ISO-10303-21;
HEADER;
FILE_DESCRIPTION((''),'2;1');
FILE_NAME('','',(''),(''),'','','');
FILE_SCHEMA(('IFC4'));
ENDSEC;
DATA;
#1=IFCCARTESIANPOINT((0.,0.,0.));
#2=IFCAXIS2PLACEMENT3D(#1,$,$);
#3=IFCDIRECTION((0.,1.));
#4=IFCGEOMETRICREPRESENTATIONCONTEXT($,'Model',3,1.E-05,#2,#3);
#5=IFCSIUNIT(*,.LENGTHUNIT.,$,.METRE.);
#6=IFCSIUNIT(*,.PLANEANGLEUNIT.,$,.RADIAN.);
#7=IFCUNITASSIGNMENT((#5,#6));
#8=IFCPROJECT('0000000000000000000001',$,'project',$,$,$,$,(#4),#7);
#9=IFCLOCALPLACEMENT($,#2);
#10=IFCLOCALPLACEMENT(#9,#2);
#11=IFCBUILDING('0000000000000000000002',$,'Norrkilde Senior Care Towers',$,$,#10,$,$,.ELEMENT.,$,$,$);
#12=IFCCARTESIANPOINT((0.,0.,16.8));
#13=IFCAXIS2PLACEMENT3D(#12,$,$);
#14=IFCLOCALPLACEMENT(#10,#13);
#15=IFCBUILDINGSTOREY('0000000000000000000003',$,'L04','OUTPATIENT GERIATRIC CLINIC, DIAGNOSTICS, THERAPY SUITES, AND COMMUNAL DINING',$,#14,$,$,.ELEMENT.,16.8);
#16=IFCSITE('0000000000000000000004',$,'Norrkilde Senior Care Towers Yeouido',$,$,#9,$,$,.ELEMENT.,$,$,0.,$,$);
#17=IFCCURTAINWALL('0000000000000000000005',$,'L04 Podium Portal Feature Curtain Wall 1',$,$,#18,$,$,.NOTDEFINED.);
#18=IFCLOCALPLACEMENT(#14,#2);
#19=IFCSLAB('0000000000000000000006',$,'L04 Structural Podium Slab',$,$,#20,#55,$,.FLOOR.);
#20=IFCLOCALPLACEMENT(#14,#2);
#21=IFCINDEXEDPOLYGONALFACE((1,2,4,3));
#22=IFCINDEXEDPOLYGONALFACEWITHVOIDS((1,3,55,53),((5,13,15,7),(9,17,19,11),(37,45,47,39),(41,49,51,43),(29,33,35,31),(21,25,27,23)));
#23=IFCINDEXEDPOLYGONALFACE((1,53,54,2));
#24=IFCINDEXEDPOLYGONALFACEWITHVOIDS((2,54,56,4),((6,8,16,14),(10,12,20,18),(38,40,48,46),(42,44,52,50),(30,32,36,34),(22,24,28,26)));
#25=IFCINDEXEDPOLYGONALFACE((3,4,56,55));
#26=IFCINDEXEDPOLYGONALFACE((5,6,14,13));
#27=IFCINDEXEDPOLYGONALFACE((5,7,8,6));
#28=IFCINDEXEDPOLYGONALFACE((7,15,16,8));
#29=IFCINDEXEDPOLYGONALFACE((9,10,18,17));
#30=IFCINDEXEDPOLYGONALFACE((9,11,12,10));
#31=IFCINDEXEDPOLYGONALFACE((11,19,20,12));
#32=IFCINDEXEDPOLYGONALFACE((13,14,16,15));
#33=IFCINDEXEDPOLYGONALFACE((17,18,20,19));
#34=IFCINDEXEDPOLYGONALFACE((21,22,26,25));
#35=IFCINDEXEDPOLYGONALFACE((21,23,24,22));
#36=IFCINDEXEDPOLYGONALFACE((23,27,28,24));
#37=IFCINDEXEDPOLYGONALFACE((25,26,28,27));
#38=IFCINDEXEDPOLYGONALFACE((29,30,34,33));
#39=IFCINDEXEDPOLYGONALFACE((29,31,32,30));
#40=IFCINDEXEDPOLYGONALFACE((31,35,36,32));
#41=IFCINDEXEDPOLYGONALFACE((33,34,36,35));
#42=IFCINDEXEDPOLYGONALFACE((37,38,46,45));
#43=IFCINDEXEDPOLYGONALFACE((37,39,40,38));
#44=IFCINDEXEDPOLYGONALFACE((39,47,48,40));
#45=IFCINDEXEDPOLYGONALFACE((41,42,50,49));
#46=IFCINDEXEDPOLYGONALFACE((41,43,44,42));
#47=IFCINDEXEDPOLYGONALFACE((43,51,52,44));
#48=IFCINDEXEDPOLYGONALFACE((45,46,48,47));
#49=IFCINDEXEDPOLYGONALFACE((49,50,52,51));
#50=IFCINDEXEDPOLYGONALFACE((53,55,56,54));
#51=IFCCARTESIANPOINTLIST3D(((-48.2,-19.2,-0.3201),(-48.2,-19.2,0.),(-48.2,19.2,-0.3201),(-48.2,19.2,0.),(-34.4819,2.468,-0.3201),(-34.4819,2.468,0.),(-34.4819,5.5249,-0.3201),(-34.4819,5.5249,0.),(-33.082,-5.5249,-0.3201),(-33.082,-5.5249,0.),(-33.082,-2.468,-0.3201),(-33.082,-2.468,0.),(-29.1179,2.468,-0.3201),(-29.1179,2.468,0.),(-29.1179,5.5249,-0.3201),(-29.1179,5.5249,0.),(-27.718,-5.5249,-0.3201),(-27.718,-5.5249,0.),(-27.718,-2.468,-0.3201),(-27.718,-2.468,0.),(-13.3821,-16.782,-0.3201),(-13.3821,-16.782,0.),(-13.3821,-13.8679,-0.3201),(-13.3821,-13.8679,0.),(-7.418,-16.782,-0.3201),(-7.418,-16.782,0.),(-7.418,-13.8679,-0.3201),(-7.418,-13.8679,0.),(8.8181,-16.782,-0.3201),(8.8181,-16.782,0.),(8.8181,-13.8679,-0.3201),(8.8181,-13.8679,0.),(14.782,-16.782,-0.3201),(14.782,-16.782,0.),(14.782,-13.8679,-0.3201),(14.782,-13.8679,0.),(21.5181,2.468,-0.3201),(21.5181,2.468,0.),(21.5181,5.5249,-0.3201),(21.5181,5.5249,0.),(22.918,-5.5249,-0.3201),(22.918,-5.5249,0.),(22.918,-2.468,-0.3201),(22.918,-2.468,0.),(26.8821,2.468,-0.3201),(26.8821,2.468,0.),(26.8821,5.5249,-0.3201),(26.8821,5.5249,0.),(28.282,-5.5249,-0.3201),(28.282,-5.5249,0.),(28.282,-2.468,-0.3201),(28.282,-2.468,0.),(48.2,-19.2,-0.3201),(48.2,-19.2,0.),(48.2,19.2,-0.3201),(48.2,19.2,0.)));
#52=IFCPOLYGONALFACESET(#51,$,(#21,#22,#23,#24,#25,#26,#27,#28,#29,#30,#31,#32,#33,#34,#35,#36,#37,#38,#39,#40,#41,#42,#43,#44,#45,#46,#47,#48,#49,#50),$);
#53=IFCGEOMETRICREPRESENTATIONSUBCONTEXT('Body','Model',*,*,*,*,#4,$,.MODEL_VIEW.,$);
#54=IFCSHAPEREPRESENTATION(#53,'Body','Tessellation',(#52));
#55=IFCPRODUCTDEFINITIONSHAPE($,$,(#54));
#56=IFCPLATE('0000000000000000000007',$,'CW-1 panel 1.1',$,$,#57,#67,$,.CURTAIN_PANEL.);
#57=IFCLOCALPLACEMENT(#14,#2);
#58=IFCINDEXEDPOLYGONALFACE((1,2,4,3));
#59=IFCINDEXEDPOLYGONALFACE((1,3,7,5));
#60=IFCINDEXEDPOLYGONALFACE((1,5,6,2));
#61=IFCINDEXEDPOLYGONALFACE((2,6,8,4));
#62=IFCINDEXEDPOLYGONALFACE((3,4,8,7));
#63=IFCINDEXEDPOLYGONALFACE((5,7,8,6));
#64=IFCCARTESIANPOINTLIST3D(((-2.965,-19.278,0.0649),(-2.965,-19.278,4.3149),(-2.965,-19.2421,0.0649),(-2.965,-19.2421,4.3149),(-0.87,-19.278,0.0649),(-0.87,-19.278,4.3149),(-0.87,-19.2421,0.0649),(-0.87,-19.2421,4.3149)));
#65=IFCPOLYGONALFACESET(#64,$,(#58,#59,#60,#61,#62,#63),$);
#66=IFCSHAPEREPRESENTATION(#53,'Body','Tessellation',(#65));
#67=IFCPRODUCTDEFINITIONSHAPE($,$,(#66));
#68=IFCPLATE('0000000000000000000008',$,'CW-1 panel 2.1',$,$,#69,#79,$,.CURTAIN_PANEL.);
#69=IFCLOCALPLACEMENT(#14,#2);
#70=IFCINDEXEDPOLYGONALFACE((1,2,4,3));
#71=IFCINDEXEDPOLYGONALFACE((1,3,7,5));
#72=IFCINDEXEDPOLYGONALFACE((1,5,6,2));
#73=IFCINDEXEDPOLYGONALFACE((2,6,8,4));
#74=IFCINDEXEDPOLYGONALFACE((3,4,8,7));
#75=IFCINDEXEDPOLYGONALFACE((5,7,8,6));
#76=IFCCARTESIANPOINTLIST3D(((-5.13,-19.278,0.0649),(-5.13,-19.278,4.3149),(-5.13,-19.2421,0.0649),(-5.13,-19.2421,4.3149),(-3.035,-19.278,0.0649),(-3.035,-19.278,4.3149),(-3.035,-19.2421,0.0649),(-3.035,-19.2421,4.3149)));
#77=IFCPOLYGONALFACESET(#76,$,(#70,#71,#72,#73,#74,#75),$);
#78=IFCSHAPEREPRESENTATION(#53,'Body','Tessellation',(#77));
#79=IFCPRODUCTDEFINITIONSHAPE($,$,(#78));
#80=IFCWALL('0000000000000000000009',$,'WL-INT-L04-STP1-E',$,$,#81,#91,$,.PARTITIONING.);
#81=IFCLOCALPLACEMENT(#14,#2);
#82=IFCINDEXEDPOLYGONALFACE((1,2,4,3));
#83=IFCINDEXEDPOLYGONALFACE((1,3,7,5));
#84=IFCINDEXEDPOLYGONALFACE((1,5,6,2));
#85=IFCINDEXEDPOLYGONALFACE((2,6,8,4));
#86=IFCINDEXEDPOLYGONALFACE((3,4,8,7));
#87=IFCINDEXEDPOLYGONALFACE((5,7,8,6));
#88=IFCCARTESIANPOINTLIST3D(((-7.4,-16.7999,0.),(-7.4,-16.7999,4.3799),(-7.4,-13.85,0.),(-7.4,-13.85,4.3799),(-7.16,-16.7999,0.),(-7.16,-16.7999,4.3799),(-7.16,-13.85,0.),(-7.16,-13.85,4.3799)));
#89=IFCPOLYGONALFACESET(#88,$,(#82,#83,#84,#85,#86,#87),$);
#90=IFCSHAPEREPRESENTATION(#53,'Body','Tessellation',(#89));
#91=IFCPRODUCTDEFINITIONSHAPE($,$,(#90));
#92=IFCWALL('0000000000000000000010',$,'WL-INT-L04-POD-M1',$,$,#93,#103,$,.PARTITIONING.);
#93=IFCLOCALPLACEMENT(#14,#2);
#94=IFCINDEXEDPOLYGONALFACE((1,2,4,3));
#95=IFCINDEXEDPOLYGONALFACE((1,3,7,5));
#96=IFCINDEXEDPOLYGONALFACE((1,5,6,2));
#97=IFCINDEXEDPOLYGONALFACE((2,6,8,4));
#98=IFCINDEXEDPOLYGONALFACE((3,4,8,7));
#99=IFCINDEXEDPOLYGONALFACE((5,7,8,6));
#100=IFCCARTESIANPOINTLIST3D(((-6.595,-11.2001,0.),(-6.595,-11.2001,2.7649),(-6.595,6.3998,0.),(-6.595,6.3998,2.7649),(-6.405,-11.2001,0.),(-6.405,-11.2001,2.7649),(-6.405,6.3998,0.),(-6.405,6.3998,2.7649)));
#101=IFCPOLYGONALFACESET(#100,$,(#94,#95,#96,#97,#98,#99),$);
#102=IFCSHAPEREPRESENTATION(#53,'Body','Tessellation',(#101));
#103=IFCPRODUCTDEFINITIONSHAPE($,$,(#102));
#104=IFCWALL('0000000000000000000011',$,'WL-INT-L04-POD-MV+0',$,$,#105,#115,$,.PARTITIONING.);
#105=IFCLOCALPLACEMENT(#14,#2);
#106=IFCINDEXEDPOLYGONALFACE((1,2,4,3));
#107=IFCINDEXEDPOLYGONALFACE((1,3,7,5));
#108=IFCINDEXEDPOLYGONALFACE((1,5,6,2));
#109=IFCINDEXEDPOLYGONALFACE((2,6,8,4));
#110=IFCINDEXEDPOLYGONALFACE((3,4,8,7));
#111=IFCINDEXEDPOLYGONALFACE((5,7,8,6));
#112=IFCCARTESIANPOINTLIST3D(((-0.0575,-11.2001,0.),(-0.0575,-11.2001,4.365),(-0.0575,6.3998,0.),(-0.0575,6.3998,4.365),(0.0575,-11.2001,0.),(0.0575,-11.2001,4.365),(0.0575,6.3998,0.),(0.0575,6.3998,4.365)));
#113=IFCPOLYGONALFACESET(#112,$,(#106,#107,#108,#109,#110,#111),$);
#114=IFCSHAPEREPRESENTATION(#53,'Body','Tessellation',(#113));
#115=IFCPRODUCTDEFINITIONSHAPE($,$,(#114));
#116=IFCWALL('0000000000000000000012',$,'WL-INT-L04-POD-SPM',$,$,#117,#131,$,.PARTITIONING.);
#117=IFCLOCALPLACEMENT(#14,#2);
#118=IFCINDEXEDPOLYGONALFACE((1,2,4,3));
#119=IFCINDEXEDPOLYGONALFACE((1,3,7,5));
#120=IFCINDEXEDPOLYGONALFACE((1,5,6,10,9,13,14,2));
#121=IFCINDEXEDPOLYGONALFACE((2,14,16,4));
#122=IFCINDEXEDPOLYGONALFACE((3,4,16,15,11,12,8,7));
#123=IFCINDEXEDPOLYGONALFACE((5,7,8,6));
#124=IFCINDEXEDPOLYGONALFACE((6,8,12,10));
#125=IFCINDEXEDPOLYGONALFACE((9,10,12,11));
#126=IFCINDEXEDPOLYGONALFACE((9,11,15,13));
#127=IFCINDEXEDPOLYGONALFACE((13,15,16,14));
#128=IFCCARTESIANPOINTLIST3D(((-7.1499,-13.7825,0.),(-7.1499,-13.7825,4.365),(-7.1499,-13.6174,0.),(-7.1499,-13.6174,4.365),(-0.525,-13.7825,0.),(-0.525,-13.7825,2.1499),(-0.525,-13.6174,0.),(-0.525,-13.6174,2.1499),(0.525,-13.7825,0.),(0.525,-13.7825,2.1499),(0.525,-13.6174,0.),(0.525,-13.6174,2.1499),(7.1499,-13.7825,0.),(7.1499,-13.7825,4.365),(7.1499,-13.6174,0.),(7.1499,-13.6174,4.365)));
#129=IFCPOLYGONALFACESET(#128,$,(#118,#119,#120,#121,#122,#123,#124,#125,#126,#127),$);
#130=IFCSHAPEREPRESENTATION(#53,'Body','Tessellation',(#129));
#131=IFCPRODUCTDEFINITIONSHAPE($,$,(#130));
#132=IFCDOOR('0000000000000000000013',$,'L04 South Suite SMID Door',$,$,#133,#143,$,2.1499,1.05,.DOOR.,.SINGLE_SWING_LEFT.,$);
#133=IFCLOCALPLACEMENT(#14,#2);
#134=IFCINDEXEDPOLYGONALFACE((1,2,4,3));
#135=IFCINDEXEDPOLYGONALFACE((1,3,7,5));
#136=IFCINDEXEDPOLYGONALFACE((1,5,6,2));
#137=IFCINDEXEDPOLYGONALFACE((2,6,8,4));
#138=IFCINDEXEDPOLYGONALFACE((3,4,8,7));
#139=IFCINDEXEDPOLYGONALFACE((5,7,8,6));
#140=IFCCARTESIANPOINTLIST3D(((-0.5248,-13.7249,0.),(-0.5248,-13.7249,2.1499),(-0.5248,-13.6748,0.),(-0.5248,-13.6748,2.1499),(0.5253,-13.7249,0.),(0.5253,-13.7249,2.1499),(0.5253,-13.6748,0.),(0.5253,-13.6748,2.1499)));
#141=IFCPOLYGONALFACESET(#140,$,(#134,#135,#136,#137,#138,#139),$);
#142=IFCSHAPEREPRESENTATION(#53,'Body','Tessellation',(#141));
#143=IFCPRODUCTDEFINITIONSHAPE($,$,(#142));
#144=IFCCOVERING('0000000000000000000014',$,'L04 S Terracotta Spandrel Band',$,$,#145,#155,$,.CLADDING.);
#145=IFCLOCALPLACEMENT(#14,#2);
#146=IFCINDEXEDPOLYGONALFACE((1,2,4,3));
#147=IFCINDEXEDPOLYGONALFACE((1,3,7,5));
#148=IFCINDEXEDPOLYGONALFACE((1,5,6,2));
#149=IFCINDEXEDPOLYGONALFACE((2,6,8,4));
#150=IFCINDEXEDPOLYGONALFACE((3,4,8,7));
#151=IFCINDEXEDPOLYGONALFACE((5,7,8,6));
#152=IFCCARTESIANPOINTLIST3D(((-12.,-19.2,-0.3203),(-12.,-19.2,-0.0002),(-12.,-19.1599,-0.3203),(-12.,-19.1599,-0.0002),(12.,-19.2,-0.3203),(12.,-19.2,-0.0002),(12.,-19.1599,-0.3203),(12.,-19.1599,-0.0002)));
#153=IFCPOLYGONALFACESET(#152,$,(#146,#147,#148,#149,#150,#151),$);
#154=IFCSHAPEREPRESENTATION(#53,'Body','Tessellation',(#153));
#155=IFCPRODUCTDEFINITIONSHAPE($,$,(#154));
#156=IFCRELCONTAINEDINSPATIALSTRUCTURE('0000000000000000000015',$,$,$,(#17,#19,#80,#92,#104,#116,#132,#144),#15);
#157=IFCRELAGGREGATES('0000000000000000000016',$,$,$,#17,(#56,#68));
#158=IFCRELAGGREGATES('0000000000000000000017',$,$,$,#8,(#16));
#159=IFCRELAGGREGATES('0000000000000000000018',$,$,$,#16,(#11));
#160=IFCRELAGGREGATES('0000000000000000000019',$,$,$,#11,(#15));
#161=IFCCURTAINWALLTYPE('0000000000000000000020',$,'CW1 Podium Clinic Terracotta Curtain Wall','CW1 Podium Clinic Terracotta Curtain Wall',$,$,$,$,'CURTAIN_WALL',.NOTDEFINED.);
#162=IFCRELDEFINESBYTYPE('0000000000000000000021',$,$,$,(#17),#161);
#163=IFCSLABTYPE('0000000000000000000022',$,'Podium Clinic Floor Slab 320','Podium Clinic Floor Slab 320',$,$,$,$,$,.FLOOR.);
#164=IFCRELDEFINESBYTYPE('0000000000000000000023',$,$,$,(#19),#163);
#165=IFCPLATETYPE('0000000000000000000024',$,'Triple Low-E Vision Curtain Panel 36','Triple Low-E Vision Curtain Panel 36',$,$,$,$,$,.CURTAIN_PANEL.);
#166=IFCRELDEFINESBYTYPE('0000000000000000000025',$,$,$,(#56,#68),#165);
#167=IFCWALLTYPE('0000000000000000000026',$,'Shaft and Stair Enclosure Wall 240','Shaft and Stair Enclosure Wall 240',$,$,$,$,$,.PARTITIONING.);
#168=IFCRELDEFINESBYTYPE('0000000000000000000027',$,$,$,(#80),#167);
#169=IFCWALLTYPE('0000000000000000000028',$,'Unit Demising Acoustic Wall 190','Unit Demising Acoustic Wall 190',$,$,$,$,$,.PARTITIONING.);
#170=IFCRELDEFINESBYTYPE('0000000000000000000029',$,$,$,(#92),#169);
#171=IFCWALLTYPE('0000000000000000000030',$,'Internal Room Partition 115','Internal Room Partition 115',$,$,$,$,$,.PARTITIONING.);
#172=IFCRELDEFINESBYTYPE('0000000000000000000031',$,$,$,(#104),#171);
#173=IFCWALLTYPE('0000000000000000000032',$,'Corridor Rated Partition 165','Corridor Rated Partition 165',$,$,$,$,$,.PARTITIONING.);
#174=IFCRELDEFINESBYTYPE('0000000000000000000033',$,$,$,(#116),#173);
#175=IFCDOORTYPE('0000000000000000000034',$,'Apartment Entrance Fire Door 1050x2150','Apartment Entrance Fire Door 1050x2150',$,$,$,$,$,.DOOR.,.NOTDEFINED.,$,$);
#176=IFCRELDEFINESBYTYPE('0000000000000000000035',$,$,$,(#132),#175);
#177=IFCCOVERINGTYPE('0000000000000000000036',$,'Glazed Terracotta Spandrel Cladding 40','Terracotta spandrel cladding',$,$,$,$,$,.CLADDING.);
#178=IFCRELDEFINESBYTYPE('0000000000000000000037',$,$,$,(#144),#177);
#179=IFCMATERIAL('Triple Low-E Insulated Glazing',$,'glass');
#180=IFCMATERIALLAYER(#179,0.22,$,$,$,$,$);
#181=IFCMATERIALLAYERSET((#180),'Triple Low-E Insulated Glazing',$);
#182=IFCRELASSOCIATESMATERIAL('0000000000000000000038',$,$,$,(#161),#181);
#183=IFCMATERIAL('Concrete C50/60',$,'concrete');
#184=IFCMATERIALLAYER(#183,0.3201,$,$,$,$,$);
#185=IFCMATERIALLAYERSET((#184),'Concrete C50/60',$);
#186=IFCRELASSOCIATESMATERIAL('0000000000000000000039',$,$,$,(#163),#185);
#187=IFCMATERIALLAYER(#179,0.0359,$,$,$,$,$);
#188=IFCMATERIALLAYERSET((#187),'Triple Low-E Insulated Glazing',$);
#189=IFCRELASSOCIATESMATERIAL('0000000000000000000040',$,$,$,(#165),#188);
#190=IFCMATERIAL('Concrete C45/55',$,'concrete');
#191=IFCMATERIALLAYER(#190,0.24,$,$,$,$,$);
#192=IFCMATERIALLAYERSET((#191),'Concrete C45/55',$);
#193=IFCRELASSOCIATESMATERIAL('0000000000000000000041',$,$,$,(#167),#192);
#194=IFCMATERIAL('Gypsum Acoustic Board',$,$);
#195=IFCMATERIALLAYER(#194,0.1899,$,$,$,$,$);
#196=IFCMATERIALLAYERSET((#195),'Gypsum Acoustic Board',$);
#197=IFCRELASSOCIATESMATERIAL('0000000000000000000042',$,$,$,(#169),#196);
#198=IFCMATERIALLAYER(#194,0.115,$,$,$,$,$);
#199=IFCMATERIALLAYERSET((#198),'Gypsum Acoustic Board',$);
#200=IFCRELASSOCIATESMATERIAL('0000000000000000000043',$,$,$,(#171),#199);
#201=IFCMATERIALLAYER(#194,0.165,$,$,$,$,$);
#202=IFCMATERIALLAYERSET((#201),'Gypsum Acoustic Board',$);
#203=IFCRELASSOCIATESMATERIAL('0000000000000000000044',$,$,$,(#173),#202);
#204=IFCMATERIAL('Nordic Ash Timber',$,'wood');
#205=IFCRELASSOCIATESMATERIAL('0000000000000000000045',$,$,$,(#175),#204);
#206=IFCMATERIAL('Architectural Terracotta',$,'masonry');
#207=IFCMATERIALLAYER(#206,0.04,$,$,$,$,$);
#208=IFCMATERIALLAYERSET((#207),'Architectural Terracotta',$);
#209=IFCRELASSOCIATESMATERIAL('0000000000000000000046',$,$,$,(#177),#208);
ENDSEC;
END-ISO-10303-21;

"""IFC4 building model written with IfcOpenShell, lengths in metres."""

from ifc_helpers import new_model, si_unit, direction, frame, frame_2d, origin, origin_2d, place, context, subcontext, project, spatial, polyline, rectangle, outline, extrude, source, transform, mapped, material, layer, layer_set, type_object, type_shapes, element, fill, aggregate, save


model = new_model("IFC4")

# Units and contexts
model_context = context("Model", 3, precision=1e-05, world=origin(), true_north=direction((0.0, 1.0)))
body_context = subcontext(model_context, "Body", "Model", "MODEL_VIEW")
ifc_project = project(units=[si_unit("LENGTHUNIT", "METRE"), si_unit("PLANEANGLEUNIT", "RADIAN")], contexts=[model_context])

# Site, building, storey
site_placement = place(None, origin())
site = spatial("IfcSite", under=ifc_project, at=site_placement, Name="Norrkilde Senior Care Towers Yeouido", CompositionType="ELEMENT", RefElevation=0.0)
building_placement = place(site_placement, origin())
building = spatial("IfcBuilding", under=site, at=building_placement, Name="Norrkilde Senior Care Towers", CompositionType="ELEMENT")
storey_placement = place(building_placement, frame((0.0, 0.0, 16.8)))
storey = spatial("IfcBuildingStorey", under=building, at=storey_placement, Name="L04", Description="OUTPATIENT GERIATRIC CLINIC, DIAGNOSTICS, THERAPY SUITES, AND COMMUNAL DINING", CompositionType="ELEMENT", Elevation=16.8)

# Curtain wall
ifc_material_1 = material(Name="Triple Low-E Insulated Glazing", Category="glass")
ifc_layer_1 = layer(ifc_material_1, 0.22)
ifc_layer_set_1 = layer_set([ifc_layer_1], Name="Triple Low-E Insulated Glazing")
curtain_wall_type = type_object("IfcCurtainWallType", Name="CW1 Podium Clinic Terracotta Curtain Wall", Description="CW1 Podium Clinic Terracotta Curtain Wall", ElementType="CURTAIN_WALL", PredefinedType="NOTDEFINED", material=ifc_layer_set_1)
curtain_wall_placement = place(storey_placement, origin())
curtain_wall = element("IfcCurtainWall", 1, at=curtain_wall_placement, inside=storey, type_object=curtain_wall_type, Name="L04 Podium Portal Feature Curtain Wall 1", PredefinedType="NOTDEFINED")

# Slab
ifc_material_2 = material(Name="Concrete C45/55", Category="concrete")
ifc_material_3 = material(Name="Concrete C50/60", Category="concrete")
ifc_layer_2 = layer(ifc_material_3, 0.3201)
ifc_layer_set_2 = layer_set([ifc_layer_2], Name="Concrete C50/60")
slab_type_1 = type_object("IfcSlabType", Name="Podium Clinic Floor Slab 320", Description="Podium Clinic Floor Slab 320", PredefinedType="FLOOR", material=ifc_layer_set_2)
slab_1_placement = place(storey_placement, frame((0.0, 0.0, -0.3201)))
element("IfcSlab", 2, at=slab_1_placement, inside=storey, type_object=slab_type_1, Name="L04 Structural Podium Slab", PredefinedType="FLOOR", context=body_context, shape_type="SweptSolid", body=[
    extrude(outline(polyline([(-48.2, 19.2), (48.2, 19.2), (48.2, -19.2), (-48.2, -19.2), (-48.2, 19.2)]), holes=[polyline([(-34.4819, 2.468), (-29.1179, 2.468), (-29.1179, 5.5249), (-34.4819, 5.5249), (-34.4819, 2.468)]), polyline([(-27.718, -5.5249), (-27.718, -2.468), (-33.082, -2.468), (-33.082, -5.5249), (-27.718, -5.5249)]), polyline([(26.8821, 5.5249), (21.5181, 5.5249), (21.5181, 2.468), (26.8821, 2.468), (26.8821, 5.5249)]), polyline([(22.918, -2.468), (22.918, -5.5249), (28.282, -5.5249), (28.282, -2.468), (22.918, -2.468)]), polyline([(-7.418, -13.8679), (-13.3821, -13.8679), (-13.3821, -16.782), (-7.418, -16.782), (-7.418, -13.8679)]), polyline([(14.782, -16.782), (14.782, -13.8679), (8.8181, -13.8679), (8.8181, -16.782), (14.782, -16.782)])]), origin(), (0.0, 0.0, 1.0), 0.3201),
])

# Plates
ifc_layer_3 = layer(ifc_material_1, 0.0359)
ifc_layer_set_3 = layer_set([ifc_layer_3], Name="Triple Low-E Insulated Glazing")
plate_type = type_object("IfcPlateType", Name="Triple Low-E Vision Curtain Panel 36", Description="Triple Low-E Vision Curtain Panel 36", PredefinedType="CURTAIN_PANEL", material=ifc_layer_set_3)
shared_shape_1 = source(origin(), body_context, "Body", "SweptSolid", [
    extrude(rectangle(XDim=2.095, YDim=0.0359, at=origin_2d()), origin(), (0.0, 0.0, 1.0), 4.25),
])
type_shapes(plate_type, [shared_shape_1])
plate_1_placement = place(storey_placement, frame((-1.9175, -19.26, 0.0649), z_axis=(0.0, 0.0, 1.0), x_axis=(-1.0, 0.0, 0.0)))
plate_1 = element("IfcPlate", 3, at=plate_1_placement, type_object=plate_type, Name="CW-1 panel 1.1", PredefinedType="CURTAIN_PANEL", context=body_context, shape_type="MappedRepresentation", body=[
    mapped(shared_shape_1, transform((0.0, 0.0, 0.0), x_axis=(1.0, 0.0, 0.0), y_axis=(0.0, 1.0, 0.0), z_axis=(0.0, 0.0, 1.0), scale=1.0)),
])
plate_2_placement = place(storey_placement, frame((-4.0825, -19.26, 0.0649), z_axis=(0.0, 0.0, 1.0), x_axis=(-1.0, 0.0, 0.0)))
plate_2 = element("IfcPlate", 4, at=plate_2_placement, type_object=plate_type, Name="CW-1 panel 2.1", PredefinedType="CURTAIN_PANEL", context=body_context, shape_type="MappedRepresentation", body=[
    mapped(shared_shape_1, transform((0.0, 0.0, 0.0), x_axis=(1.0, 0.0, 0.0), y_axis=(0.0, 1.0, 0.0), z_axis=(0.0, 0.0, 1.0), scale=1.0)),
])
aggregate(curtain_wall, [plate_1, plate_2])

# Walls
ifc_layer_4 = layer(ifc_material_2, 0.24)
ifc_layer_set_4 = layer_set([ifc_layer_4], Name="Concrete C45/55")
wall_type_1 = type_object("IfcWallType", Name="Shaft and Stair Enclosure Wall 240", Description="Shaft and Stair Enclosure Wall 240", PredefinedType="PARTITIONING", material=ifc_layer_set_4)
shared_shape_2 = source(origin(), body_context, "Body", "SweptSolid", [
    extrude(rectangle(XDim=2.95, YDim=0.24, at=frame_2d((1.4751, 0.0))), origin(), (0.0, 0.0, 1.0), 4.3799),
])
type_shapes(wall_type_1, [shared_shape_2])
wall_1_placement = place(storey_placement, frame((-7.28, -16.8, 0.0), z_axis=(0.0, 0.0, 1.0), x_axis=(0.0, 1.0, 0.0)))
element("IfcWall", 5, at=wall_1_placement, inside=storey, type_object=wall_type_1, Name="WL-INT-L04-STP1-E", PredefinedType="PARTITIONING", context=body_context, shape_type="MappedRepresentation", body=[
    mapped(shared_shape_2, transform((0.0, 0.0, 0.0), x_axis=(1.0, 0.0, 0.0), y_axis=(0.0, 1.0, 0.0), z_axis=(0.0, 0.0, 1.0), scale=1.0)),
])
ifc_material_4 = material(Name="Gypsum Acoustic Board")
ifc_layer_5 = layer(ifc_material_4, 0.1899)
ifc_layer_set_5 = layer_set([ifc_layer_5], Name="Gypsum Acoustic Board")
wall_type_2 = type_object("IfcWallType", Name="Unit Demising Acoustic Wall 190", Description="Unit Demising Acoustic Wall 190", PredefinedType="PARTITIONING", material=ifc_layer_set_5)
shared_shape_3 = source(origin(), body_context, "Body", "SweptSolid", [
    extrude(rectangle(XDim=17.5999, YDim=0.1899, at=frame_2d((8.7998, 0.0))), origin(), (0.0, 0.0, 1.0), 2.7649),
])
type_shapes(wall_type_2, [shared_shape_3])
wall_2_placement = place(storey_placement, frame((-6.5, -11.2, 0.0), z_axis=(0.0, 0.0, 1.0), x_axis=(0.0, 1.0, 0.0)))
element("IfcWall", 6, at=wall_2_placement, inside=storey, type_object=wall_type_2, Name="WL-INT-L04-POD-M1", PredefinedType="PARTITIONING", context=body_context, shape_type="MappedRepresentation", body=[
    mapped(shared_shape_3, transform((0.0, 0.0, 0.0), x_axis=(1.0, 0.0, 0.0), y_axis=(0.0, 1.0, 0.0), z_axis=(0.0, 0.0, 1.0), scale=1.0)),
])
ifc_layer_6 = layer(ifc_material_4, 0.115)
ifc_layer_set_6 = layer_set([ifc_layer_6], Name="Gypsum Acoustic Board")
wall_type_3 = type_object("IfcWallType", Name="Internal Room Partition 115", Description="Internal Room Partition 115", PredefinedType="PARTITIONING", material=ifc_layer_set_6)
shared_shape_4 = source(origin(), body_context, "Body", "SweptSolid", [
    extrude(rectangle(XDim=17.5999, YDim=0.115, at=frame_2d((8.7998, 0.0))), origin(), (0.0, 0.0, 1.0), 4.365),
])
type_shapes(wall_type_3, [shared_shape_4])
wall_3_placement = place(storey_placement, frame((0.0, -11.2, 0.0), z_axis=(0.0, 0.0, 1.0), x_axis=(0.0, 1.0, 0.0)))
element("IfcWall", 7, at=wall_3_placement, inside=storey, type_object=wall_type_3, Name="WL-INT-L04-POD-MV+0", PredefinedType="PARTITIONING", context=body_context, shape_type="MappedRepresentation", body=[
    mapped(shared_shape_4, transform((0.0, 0.0, 0.0), x_axis=(1.0, 0.0, 0.0), y_axis=(0.0, 1.0, 0.0), z_axis=(0.0, 0.0, 1.0), scale=1.0)),
])

# Wall, opening, door
ifc_layer_7 = layer(ifc_material_4, 0.165)
ifc_layer_set_7 = layer_set([ifc_layer_7], Name="Gypsum Acoustic Board")
wall_type_4 = type_object("IfcWallType", Name="Corridor Rated Partition 165", Description="Corridor Rated Partition 165", PredefinedType="PARTITIONING", material=ifc_layer_set_7)
shared_shape_5 = source(origin(), body_context, "Body", "SweptSolid", [
    extrude(rectangle(XDim=14.2998, YDim=0.165, at=frame_2d((7.1499, 0.0))), origin(), (0.0, 0.0, 1.0), 4.365),
])
type_shapes(wall_type_4, [shared_shape_5])
wall_4_placement = place(storey_placement, frame((-7.1499, -13.7, 0.0), z_axis=(0.0, 0.0, 1.0), x_axis=(1.0, 0.0, 0.0)))
wall_4 = element("IfcWall", 8, at=wall_4_placement, inside=storey, type_object=wall_type_4, Name="WL-INT-L04-POD-SPM", PredefinedType="PARTITIONING", context=body_context, shape_type="MappedRepresentation", body=[
    mapped(shared_shape_5, transform((0.0, 0.0, 0.0), x_axis=(1.0, 0.0, 0.0), y_axis=(0.0, 1.0, 0.0), z_axis=(0.0, 0.0, 1.0), scale=1.0)),
])
opening_placement = place(wall_4_placement, frame((6.625, 0.0, 0.0)))
opening = element("IfcOpeningElement", 9, at=opening_placement, cuts=wall_4, PredefinedType="OPENING", context=body_context, shape_type="SweptSolid", body=[
    extrude(rectangle(XDim=1.05, YDim=2.1499, at=frame_2d((0.5249, 1.075))), frame((0.0, 0.0925, 0.0), z_axis=(0.0, -1.0, 0.0), x_axis=(1.0, 0.0, 0.0)), (0.0, 0.0, 1.0), 0.1851),
])
ifc_material_5 = material(Name="Nordic Ash Timber", Category="wood")
door_type = type_object("IfcDoorType", Name="Apartment Entrance Fire Door 1050x2150", Description="Apartment Entrance Fire Door 1050x2150", OperationType="NOTDEFINED", PredefinedType="DOOR", material=ifc_material_5)
shared_shape_6 = source(origin(), body_context, "Body", "SweptSolid", [
    extrude(rectangle(XDim=1.05, YDim=2.1499, at=frame_2d((0.5249, 1.075))), frame((0.0, 0.0249, 0.0), z_axis=(0.0, -1.0, 0.0), x_axis=(1.0, 0.0, 0.0)), (0.0, 0.0, 1.0), 0.05),
])
type_shapes(door_type, [shared_shape_6])
door_placement = place(opening_placement, frame((1.05, 0.0, 0.0), z_axis=(0.0, 0.0, 1.0), x_axis=(-1.0, 0.0, 0.0)))
door = element("IfcDoor", 10, at=door_placement, inside=storey, type_object=door_type, Name="L04 South Suite SMID Door", OperationType="SINGLE_SWING_LEFT", OverallHeight=2.1499, OverallWidth=1.05, PredefinedType="DOOR", context=body_context, shape_type="MappedRepresentation", body=[
    mapped(shared_shape_6, transform((0.0, 0.0, 0.0), x_axis=(1.0, 0.0, 0.0), y_axis=(0.0, 1.0, 0.0), z_axis=(0.0, 0.0, 1.0), scale=1.0)),
])
fill(opening, door)

# Covering
ifc_material_6 = material(Name="Architectural Terracotta", Category="masonry")
ifc_layer_8 = layer(ifc_material_6, 0.04)
ifc_layer_set_8 = layer_set([ifc_layer_8], Name="Architectural Terracotta")
covering_type = type_object("IfcCoveringType", Name="Glazed Terracotta Spandrel Cladding 40", Description="Terracotta spandrel cladding", PredefinedType="CLADDING", material=ifc_layer_set_8)
shared_shape_7 = source(origin(), body_context, "Body", "SweptSolid", [
    extrude(rectangle(XDim=24.0, YDim=0.04, at=origin_2d()), origin(), (0.0, 0.0, 1.0), 0.3201),
])
type_shapes(covering_type, [shared_shape_7])
covering_placement = place(storey_placement, frame((0.0, -19.1799, -0.3203), z_axis=(0.0, 0.0, 1.0), x_axis=(1.0, 0.0, 0.0)))
element("IfcCovering", 11, at=covering_placement, inside=storey, type_object=covering_type, Name="L04 S Terracotta Spandrel Band", PredefinedType="CLADDING", context=body_context, shape_type="MappedRepresentation", body=[
    mapped(shared_shape_7, transform((0.0, 0.0, 0.0), x_axis=(1.0, 0.0, 0.0), y_axis=(0.0, 1.0, 0.0), z_axis=(0.0, 0.0, 1.0), scale=1.0)),
])

save(model, "model.ifc")
